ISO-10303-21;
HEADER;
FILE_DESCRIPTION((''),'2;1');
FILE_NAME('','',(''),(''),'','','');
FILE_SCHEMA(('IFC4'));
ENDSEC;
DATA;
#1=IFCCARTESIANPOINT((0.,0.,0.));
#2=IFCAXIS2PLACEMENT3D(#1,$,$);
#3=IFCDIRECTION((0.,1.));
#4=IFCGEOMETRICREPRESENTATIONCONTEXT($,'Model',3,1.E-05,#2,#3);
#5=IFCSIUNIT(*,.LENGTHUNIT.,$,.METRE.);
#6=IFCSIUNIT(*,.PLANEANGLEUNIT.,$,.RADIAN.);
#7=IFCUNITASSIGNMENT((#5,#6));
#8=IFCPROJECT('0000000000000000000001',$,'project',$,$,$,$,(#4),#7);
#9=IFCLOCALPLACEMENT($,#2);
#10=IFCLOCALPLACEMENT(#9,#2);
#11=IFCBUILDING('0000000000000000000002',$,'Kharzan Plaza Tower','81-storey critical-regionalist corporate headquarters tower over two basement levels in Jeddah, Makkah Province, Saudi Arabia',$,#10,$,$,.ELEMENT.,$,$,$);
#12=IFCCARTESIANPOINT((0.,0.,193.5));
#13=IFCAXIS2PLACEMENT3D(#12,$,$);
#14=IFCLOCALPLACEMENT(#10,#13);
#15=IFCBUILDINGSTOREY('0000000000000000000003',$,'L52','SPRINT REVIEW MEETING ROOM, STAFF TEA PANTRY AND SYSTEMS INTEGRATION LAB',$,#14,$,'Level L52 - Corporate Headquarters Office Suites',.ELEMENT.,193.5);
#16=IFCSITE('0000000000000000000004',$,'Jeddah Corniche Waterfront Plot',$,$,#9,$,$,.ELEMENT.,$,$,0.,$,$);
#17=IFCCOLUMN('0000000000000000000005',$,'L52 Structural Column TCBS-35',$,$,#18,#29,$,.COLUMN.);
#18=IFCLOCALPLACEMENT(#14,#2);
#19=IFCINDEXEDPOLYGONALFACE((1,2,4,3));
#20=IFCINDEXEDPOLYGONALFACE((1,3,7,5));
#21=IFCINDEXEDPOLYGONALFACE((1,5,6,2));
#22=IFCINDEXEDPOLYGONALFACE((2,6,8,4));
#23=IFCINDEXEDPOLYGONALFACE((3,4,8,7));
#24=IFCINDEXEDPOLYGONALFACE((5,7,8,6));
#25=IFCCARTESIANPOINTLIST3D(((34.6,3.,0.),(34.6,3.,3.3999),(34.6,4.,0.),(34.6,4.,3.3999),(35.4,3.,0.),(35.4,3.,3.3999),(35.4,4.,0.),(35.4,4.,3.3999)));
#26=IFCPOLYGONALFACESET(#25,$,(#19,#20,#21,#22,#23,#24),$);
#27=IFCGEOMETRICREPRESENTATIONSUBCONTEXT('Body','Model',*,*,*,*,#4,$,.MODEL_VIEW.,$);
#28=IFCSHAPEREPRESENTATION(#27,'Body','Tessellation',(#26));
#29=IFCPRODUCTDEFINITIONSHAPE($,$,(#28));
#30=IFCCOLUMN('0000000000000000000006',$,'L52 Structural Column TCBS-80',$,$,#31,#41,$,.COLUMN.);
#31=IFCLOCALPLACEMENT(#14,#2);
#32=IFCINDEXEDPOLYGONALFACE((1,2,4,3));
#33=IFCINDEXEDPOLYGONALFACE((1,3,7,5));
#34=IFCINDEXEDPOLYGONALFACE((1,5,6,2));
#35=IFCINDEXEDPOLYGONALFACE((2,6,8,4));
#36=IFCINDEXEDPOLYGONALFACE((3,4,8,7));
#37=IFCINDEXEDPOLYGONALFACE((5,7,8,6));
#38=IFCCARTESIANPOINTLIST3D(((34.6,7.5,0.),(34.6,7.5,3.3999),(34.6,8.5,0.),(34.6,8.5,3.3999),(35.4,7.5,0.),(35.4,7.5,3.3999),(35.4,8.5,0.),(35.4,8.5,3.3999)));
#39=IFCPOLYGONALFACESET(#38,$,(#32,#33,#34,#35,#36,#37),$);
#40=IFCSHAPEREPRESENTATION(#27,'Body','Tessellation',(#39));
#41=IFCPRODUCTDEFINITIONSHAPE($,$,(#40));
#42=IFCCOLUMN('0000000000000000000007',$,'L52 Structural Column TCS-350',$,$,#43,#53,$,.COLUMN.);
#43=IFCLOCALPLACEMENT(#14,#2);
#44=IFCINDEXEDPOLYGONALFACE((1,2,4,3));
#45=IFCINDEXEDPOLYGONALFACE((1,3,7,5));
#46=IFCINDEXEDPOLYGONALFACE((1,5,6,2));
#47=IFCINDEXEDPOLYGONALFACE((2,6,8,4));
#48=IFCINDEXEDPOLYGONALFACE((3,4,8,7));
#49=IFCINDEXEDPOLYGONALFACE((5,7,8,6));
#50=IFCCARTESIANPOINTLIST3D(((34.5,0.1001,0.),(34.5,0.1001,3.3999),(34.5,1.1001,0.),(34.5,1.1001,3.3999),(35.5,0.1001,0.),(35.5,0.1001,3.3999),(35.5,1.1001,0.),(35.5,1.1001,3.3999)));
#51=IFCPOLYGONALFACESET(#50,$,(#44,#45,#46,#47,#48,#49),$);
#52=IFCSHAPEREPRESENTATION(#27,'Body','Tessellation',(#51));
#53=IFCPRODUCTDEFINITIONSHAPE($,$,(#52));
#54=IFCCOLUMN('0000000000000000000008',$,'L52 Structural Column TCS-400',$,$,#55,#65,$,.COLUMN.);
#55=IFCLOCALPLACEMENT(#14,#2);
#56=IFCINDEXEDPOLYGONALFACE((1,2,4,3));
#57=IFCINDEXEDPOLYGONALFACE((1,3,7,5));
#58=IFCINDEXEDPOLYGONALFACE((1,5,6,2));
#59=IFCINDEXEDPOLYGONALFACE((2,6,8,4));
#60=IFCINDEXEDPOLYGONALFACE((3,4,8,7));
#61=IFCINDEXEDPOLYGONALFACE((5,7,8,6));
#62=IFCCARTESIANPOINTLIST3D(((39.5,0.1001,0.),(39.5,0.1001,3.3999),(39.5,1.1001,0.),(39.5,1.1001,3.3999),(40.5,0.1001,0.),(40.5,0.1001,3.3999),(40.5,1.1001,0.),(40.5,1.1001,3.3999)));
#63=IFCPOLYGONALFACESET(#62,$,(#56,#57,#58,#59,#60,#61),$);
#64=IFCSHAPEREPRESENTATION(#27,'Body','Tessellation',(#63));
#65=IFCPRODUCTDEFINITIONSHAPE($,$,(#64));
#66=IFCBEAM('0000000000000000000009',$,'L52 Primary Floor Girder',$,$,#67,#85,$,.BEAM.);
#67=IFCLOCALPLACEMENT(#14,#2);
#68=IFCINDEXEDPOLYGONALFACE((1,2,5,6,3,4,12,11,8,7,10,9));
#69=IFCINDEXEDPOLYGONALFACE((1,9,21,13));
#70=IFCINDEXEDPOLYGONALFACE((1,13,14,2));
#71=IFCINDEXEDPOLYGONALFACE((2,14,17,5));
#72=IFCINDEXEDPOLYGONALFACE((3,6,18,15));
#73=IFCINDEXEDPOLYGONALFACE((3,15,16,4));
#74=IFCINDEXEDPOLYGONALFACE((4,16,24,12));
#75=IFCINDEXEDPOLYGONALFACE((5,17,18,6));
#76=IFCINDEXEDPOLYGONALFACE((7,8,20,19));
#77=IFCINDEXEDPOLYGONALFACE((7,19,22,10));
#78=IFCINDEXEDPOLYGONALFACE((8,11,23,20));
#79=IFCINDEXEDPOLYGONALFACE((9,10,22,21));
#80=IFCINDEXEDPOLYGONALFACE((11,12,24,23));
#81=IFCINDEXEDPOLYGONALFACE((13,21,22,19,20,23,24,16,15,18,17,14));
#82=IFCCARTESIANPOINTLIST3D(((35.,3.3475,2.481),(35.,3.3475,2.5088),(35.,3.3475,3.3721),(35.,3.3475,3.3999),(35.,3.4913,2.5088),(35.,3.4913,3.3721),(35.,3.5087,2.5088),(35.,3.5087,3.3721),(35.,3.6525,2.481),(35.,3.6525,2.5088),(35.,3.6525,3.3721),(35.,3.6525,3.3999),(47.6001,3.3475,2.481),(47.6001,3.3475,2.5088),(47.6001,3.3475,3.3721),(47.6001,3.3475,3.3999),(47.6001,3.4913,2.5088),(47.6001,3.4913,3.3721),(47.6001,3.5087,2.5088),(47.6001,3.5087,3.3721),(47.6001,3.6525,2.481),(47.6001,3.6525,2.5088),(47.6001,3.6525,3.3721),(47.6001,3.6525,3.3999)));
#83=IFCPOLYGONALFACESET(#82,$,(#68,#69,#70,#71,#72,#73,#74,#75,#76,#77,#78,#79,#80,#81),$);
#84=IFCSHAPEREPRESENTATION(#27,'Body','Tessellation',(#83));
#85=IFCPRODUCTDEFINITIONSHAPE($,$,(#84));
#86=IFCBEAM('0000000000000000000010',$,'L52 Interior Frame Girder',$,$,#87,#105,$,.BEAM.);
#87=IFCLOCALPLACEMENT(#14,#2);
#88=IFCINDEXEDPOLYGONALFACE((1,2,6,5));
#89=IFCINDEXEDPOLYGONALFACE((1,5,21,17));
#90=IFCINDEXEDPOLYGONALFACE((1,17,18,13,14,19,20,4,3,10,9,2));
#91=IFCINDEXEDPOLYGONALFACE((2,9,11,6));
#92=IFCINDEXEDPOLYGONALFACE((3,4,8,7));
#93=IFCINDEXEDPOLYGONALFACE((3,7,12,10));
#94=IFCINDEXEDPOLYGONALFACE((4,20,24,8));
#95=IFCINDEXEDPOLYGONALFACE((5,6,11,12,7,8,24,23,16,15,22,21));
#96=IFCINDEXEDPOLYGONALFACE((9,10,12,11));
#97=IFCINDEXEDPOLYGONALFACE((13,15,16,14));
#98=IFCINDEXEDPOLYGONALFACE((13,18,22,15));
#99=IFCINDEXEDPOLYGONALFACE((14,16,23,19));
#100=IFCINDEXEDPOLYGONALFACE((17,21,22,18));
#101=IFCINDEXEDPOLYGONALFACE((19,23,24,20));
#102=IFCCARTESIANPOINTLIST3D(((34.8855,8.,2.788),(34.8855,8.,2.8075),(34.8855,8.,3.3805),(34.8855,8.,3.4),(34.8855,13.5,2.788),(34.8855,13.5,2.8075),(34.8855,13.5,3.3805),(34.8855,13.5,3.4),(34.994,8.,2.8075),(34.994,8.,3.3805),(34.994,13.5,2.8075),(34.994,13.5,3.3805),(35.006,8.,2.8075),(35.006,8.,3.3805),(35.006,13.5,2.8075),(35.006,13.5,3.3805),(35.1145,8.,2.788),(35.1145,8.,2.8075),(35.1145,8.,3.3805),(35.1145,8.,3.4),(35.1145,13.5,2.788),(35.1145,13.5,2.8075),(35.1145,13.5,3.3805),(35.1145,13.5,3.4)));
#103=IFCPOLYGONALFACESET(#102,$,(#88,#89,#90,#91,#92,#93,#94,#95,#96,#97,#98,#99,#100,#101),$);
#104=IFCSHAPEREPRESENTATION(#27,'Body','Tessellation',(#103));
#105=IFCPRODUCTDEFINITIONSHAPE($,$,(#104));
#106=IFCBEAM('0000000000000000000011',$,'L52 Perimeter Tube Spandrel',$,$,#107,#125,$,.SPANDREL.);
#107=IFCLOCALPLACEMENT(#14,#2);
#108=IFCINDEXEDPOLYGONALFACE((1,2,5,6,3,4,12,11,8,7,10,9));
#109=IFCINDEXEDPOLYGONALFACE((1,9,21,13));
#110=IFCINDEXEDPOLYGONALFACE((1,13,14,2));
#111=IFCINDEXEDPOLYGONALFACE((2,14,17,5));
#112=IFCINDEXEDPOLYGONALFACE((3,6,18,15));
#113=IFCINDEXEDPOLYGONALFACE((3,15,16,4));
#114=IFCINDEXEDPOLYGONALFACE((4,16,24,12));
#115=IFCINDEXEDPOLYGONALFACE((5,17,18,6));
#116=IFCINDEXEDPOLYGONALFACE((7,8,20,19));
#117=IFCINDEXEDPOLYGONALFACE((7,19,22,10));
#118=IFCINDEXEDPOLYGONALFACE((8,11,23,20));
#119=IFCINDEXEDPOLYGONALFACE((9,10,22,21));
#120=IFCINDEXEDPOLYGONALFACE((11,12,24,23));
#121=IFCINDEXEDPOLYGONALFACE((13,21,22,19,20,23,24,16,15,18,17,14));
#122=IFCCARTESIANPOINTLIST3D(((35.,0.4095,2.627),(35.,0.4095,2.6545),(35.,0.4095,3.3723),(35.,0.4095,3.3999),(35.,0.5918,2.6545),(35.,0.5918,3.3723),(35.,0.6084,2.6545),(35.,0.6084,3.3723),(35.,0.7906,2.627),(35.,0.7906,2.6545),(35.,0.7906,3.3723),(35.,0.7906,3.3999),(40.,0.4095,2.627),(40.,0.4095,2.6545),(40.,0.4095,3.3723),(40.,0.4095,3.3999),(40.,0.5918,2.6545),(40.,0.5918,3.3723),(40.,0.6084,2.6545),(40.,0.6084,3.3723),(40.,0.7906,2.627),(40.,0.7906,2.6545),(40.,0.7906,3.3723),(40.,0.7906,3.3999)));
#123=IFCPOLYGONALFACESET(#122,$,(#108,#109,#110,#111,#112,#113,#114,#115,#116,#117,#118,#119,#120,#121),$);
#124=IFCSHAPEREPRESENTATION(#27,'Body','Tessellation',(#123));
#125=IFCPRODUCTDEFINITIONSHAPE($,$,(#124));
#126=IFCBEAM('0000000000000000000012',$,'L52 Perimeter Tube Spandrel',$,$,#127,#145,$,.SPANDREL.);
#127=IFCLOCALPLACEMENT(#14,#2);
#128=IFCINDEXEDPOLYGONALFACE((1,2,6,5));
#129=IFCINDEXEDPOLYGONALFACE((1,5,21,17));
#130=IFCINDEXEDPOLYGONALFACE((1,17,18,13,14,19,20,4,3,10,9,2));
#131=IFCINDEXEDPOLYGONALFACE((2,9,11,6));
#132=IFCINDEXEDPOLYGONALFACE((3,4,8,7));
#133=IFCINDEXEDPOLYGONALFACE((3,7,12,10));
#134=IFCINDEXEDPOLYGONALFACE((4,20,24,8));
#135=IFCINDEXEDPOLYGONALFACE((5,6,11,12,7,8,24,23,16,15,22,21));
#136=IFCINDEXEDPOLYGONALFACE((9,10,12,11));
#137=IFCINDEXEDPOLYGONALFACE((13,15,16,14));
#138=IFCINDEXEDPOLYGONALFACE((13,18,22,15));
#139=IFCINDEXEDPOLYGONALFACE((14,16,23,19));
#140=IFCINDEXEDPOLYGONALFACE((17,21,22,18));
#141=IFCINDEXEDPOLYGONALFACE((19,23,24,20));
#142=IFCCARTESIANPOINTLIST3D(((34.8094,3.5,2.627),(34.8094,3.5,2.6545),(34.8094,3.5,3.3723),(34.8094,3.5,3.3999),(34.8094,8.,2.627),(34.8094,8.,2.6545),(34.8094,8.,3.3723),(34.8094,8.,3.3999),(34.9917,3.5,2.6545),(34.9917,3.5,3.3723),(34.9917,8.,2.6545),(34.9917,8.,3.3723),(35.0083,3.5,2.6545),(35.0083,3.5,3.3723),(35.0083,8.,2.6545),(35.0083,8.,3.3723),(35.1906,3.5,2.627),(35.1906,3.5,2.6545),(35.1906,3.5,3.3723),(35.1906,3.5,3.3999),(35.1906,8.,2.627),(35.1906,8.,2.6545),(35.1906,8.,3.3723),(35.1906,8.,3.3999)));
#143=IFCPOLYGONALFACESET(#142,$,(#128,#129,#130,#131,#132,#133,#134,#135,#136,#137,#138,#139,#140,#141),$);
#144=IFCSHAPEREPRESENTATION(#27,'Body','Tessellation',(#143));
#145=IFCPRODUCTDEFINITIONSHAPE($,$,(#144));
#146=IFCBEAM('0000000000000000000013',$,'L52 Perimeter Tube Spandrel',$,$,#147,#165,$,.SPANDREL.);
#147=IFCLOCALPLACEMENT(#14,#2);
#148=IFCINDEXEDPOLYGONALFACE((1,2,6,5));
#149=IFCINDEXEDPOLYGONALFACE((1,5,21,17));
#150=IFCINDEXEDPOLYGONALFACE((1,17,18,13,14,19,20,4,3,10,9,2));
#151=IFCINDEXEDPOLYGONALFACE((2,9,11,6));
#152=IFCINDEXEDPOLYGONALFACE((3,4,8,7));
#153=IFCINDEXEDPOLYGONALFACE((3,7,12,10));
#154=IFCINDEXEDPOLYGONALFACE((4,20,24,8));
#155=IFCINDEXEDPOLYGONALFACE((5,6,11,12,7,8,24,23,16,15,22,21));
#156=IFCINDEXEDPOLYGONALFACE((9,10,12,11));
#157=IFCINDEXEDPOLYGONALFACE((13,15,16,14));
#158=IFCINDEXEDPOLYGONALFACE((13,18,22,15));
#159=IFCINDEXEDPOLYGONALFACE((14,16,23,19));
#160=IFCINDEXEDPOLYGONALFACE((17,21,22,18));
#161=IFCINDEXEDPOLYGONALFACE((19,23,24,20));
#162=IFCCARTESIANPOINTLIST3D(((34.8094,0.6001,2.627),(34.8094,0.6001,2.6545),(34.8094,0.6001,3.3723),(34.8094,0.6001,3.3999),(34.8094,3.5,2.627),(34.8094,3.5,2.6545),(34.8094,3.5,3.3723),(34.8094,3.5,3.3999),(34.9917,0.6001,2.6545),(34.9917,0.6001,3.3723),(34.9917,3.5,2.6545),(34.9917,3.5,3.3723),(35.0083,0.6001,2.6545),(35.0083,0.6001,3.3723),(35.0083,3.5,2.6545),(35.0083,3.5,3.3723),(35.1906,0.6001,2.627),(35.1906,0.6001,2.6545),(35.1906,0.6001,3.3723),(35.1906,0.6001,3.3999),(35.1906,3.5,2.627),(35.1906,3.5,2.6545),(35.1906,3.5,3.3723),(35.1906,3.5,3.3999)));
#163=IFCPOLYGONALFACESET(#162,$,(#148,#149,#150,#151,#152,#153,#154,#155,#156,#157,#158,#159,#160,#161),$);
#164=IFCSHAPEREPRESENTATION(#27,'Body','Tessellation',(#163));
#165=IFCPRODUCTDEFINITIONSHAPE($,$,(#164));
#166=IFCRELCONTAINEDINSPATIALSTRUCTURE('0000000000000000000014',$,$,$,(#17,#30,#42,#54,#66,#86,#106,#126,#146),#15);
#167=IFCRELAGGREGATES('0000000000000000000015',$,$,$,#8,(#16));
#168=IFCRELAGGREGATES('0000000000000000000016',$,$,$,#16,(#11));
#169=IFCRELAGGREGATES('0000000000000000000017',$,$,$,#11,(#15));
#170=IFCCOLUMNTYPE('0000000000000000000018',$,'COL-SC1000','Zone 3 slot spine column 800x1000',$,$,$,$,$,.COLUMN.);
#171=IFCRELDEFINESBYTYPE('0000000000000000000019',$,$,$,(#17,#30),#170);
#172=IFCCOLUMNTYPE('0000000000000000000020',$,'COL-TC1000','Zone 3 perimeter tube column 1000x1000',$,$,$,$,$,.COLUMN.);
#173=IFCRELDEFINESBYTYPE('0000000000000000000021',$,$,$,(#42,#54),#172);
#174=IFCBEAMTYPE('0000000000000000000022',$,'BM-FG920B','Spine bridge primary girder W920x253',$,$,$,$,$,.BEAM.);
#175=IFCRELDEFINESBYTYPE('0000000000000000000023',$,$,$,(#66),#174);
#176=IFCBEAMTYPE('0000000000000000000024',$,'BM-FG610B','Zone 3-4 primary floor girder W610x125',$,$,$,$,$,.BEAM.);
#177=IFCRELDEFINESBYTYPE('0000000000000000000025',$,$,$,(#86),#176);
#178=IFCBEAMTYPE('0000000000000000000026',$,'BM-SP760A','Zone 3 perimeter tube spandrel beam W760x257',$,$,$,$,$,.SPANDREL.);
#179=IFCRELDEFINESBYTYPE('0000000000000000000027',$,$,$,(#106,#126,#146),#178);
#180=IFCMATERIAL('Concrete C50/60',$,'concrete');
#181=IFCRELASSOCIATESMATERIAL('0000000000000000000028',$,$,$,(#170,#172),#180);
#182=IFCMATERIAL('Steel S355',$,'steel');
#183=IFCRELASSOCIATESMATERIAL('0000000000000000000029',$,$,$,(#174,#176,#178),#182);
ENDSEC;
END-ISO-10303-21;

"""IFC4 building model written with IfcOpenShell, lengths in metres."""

from ifc_helpers import new_model, si_unit, direction, frame, origin, origin_2d, place, context, subcontext, project, spatial, rectangle, i_section, extrude, source, transform, mapped, material, material_profile, profile_set, type_object, element, save


model = new_model("IFC4")

# Units and contexts
model_context = context("Model", 3, precision=1e-05, world=origin(), true_north=direction((0.0, 1.0)))
body_context = subcontext(model_context, "Body", "Model", "MODEL_VIEW")
ifc_project = project(units=[si_unit("LENGTHUNIT", "METRE"), si_unit("PLANEANGLEUNIT", "RADIAN")], contexts=[model_context])

# Site, building, storey
site_placement = place(None, origin())
site = spatial("IfcSite", under=ifc_project, at=site_placement, Name="Jeddah Corniche Waterfront Plot", CompositionType="ELEMENT", RefElevation=0.0)
building_placement = place(site_placement, origin())
building = spatial("IfcBuilding", under=site, at=building_placement, Name="Kharzan Plaza Tower", Description="81-storey critical-regionalist corporate headquarters tower over two basement levels in Jeddah, Makkah Province, Saudi Arabia", CompositionType="ELEMENT")
storey_placement = place(building_placement, frame((0.0, 0.0, 193.5)))
storey = spatial("IfcBuildingStorey", under=building, at=storey_placement, Name="L52", Description="SPRINT REVIEW MEETING ROOM, STAFF TEA PANTRY AND SYSTEMS INTEGRATION LAB", LongName="Level L52 - Corporate Headquarters Office Suites", CompositionType="ELEMENT", Elevation=193.5)

# Columns
ifc_material_1 = material(Name="Concrete C50/60", Category="concrete")
ifc_material_profile_1 = material_profile(ifc_material_1, rectangle(XDim=0.8, YDim=1.0, at=origin_2d()), Name="RC-SC1000x800")
ifc_profile_set_1 = profile_set([ifc_material_profile_1], Name="Concrete C50/60")
column_type_1 = type_object("IfcColumnType", Name="COL-SC1000", Description="Zone 3 slot spine column 800x1000", PredefinedType="COLUMN", material=ifc_profile_set_1)
shared_shape_1 = source(origin(), body_context, "Body", "SweptSolid", [
    extrude(rectangle(XDim=0.8, YDim=1.0, at=origin_2d()), origin(), (0.0, 0.0, 1.0), 3.3999),
])
for number, where, z_axis, x_axis, name in (
    (1, (35.0, 3.5, 0.0), (0.0, 0.0, 1.0), (1.0, 0.0, 0.0), "L52 Structural Column TCBS-35"),
    (2, (35.0, 8.0, 0.0), (0.0, 0.0, 1.0), (1.0, 0.0, 0.0), "L52 Structural Column TCBS-80"),
):
    element("IfcColumn", number, at=place(storey_placement, frame(where, z_axis=z_axis, x_axis=x_axis)), inside=storey, type_object=column_type_1, Name=name, PredefinedType="COLUMN", context=body_context, shape_type="MappedRepresentation", body=[
        mapped(shared_shape_1, transform((0.0, 0.0, 0.0), x_axis=(1.0, 0.0, 0.0), y_axis=(0.0, 1.0, 0.0), z_axis=(0.0, 0.0, 1.0))),
    ])
ifc_material_profile_2 = material_profile(ifc_material_1, rectangle(XDim=1.0, YDim=1.0, at=origin_2d()), Name="RC-TC1000x1000")
ifc_profile_set_2 = profile_set([ifc_material_profile_2], Name="Concrete C50/60")
column_type_2 = type_object("IfcColumnType", Name="COL-TC1000", Description="Zone 3 perimeter tube column 1000x1000", PredefinedType="COLUMN", material=ifc_profile_set_2)
shared_shape_2 = source(origin(), body_context, "Body", "SweptSolid", [
    extrude(rectangle(XDim=1.0, YDim=1.0, at=origin_2d()), origin(), (0.0, 0.0, 1.0), 3.3999),
])
for number, where, z_axis, x_axis, name in (
    (3, (35.0, 0.6001, 0.0), (0.0, 0.0, 1.0), (1.0, 0.0, 0.0), "L52 Structural Column TCS-350"),
    (4, (40.0, 0.6001, 0.0), (0.0, 0.0, 1.0), (1.0, 0.0, 0.0), "L52 Structural Column TCS-400"),
):
    element("IfcColumn", number, at=place(storey_placement, frame(where, z_axis=z_axis, x_axis=x_axis)), inside=storey, type_object=column_type_2, Name=name, PredefinedType="COLUMN", context=body_context, shape_type="MappedRepresentation", body=[
        mapped(shared_shape_2, transform((0.0, 0.0, 0.0), x_axis=(1.0, 0.0, 0.0), y_axis=(0.0, 1.0, 0.0), z_axis=(0.0, 0.0, 1.0))),
    ])

# Beams
ifc_material_2 = material(Name="Steel S355", Category="steel")
ifc_material_profile_3 = material_profile(ifc_material_2, i_section(OverallWidth=0.3049, OverallDepth=0.9189, WebThickness=0.0173, FlangeThickness=0.0278, at=origin_2d()), Name="W920x253")
ifc_profile_set_3 = profile_set([ifc_material_profile_3], Name="Steel S355")
beam_type_1 = type_object("IfcBeamType", Name="BM-FG920B", Description="Spine bridge primary girder W920x253", PredefinedType="BEAM", material=ifc_profile_set_3)
shared_shape_3 = source(origin(), body_context, "Body", "SweptSolid", [
    extrude(i_section(OverallWidth=0.3049, OverallDepth=0.9189, WebThickness=0.0173, FlangeThickness=0.0278, at=origin_2d()), origin(), (0.0, 0.0, 1.0), 12.6001),
])
beam_1_placement = place(storey_placement, frame((35.0, 3.5, 2.9404), z_axis=(1.0, 0.0, 0.0), x_axis=(0.0, 1.0, 0.0)))
element("IfcBeam", 5, at=beam_1_placement, inside=storey, type_object=beam_type_1, Name="L52 Primary Floor Girder", PredefinedType="BEAM", context=body_context, shape_type="MappedRepresentation", body=[
    mapped(shared_shape_3, transform((0.0, 0.0, 0.0), x_axis=(1.0, 0.0, 0.0), y_axis=(0.0, 1.0, 0.0), z_axis=(0.0, 0.0, 1.0))),
])
ifc_material_profile_4 = material_profile(ifc_material_2, i_section(OverallWidth=0.229, OverallDepth=0.6121, WebThickness=0.012, FlangeThickness=0.0195, at=origin_2d()), Name="W610x125")
ifc_profile_set_4 = profile_set([ifc_material_profile_4], Name="Steel S355")
beam_type_2 = type_object("IfcBeamType", Name="BM-FG610B", Description="Zone 3-4 primary floor girder W610x125", PredefinedType="BEAM", material=ifc_profile_set_4)
shared_shape_4 = source(origin(), body_context, "Body", "SweptSolid", [
    extrude(i_section(OverallWidth=0.229, OverallDepth=0.6121, WebThickness=0.012, FlangeThickness=0.0195, at=origin_2d()), origin(), (0.0, 0.0, 1.0), 5.5),
])
beam_2_placement = place(storey_placement, frame((35.0, 8.0, 3.094), z_axis=(0.0, 1.0, 0.0), x_axis=(-1.0, 0.0, 0.0)))
element("IfcBeam", 6, at=beam_2_placement, inside=storey, type_object=beam_type_2, Name="L52 Interior Frame Girder", PredefinedType="BEAM", context=body_context, shape_type="MappedRepresentation", body=[
    mapped(shared_shape_4, transform((0.0, 0.0, 0.0), x_axis=(1.0, 0.0, 0.0), y_axis=(0.0, 1.0, 0.0), z_axis=(0.0, 0.0, 1.0))),
])
ifc_material_profile_5 = material_profile(ifc_material_2, i_section(OverallWidth=0.3811, OverallDepth=0.7729, WebThickness=0.0166, FlangeThickness=0.0276, at=origin_2d()), Name="W760x257")
ifc_profile_set_5 = profile_set([ifc_material_profile_5], Name="Steel S355")
beam_type_3 = type_object("IfcBeamType", Name="BM-SP760A", Description="Zone 3 perimeter tube spandrel beam W760x257", PredefinedType="SPANDREL", material=ifc_profile_set_5)
shared_shape_5 = source(origin(), body_context, "Body", "SweptSolid", [
    extrude(i_section(OverallWidth=0.3811, OverallDepth=0.7729, WebThickness=0.0166, FlangeThickness=0.0276, at=origin_2d()), origin(), (0.0, 0.0, 1.0), 5.0),
])
beam_3_placement = place(storey_placement, frame((35.0, 0.6001, 3.0134), z_axis=(1.0, 0.0, 0.0), x_axis=(0.0, 1.0, 0.0)))
element("IfcBeam", 7, at=beam_3_placement, inside=storey, type_object=beam_type_3, Name="L52 Perimeter Tube Spandrel", PredefinedType="SPANDREL", context=body_context, shape_type="MappedRepresentation", body=[
    mapped(shared_shape_5, transform((0.0, 0.0, 0.0), x_axis=(1.0, 0.0, 0.0), y_axis=(0.0, 1.0, 0.0), z_axis=(0.0, 0.0, 1.0))),
])
shared_shape_6 = source(origin(), body_context, "Body", "SweptSolid", [
    extrude(i_section(OverallWidth=0.3811, OverallDepth=0.7729, WebThickness=0.0166, FlangeThickness=0.0276, at=origin_2d()), origin(), (0.0, 0.0, 1.0), 4.5),
])
beam_4_placement = place(storey_placement, frame((35.0, 3.5, 3.0134), z_axis=(0.0, 1.0, 0.0), x_axis=(-1.0, 0.0, 0.0)))
element("IfcBeam", 8, at=beam_4_placement, inside=storey, type_object=beam_type_3, Name="L52 Perimeter Tube Spandrel", PredefinedType="SPANDREL", context=body_context, shape_type="MappedRepresentation", body=[
    mapped(shared_shape_6, transform((0.0, 0.0, 0.0), x_axis=(1.0, 0.0, 0.0), y_axis=(0.0, 1.0, 0.0), z_axis=(0.0, 0.0, 1.0))),
])
shared_shape_7 = source(origin(), body_context, "Body", "SweptSolid", [
    extrude(i_section(OverallWidth=0.3811, OverallDepth=0.7729, WebThickness=0.0166, FlangeThickness=0.0276, at=origin_2d()), origin(), (0.0, 0.0, 1.0), 2.8999),
])
beam_5_placement = place(storey_placement, frame((35.0, 0.6001, 3.0134), z_axis=(0.0, 1.0, 0.0), x_axis=(-1.0, 0.0, 0.0)))
element("IfcBeam", 9, at=beam_5_placement, inside=storey, type_object=beam_type_3, Name="L52 Perimeter Tube Spandrel", PredefinedType="SPANDREL", context=body_context, shape_type="MappedRepresentation", body=[
    mapped(shared_shape_7, transform((0.0, 0.0, 0.0), x_axis=(1.0, 0.0, 0.0), y_axis=(0.0, 1.0, 0.0), z_axis=(0.0, 0.0, 1.0))),
])

save(model, "model.ifc")
